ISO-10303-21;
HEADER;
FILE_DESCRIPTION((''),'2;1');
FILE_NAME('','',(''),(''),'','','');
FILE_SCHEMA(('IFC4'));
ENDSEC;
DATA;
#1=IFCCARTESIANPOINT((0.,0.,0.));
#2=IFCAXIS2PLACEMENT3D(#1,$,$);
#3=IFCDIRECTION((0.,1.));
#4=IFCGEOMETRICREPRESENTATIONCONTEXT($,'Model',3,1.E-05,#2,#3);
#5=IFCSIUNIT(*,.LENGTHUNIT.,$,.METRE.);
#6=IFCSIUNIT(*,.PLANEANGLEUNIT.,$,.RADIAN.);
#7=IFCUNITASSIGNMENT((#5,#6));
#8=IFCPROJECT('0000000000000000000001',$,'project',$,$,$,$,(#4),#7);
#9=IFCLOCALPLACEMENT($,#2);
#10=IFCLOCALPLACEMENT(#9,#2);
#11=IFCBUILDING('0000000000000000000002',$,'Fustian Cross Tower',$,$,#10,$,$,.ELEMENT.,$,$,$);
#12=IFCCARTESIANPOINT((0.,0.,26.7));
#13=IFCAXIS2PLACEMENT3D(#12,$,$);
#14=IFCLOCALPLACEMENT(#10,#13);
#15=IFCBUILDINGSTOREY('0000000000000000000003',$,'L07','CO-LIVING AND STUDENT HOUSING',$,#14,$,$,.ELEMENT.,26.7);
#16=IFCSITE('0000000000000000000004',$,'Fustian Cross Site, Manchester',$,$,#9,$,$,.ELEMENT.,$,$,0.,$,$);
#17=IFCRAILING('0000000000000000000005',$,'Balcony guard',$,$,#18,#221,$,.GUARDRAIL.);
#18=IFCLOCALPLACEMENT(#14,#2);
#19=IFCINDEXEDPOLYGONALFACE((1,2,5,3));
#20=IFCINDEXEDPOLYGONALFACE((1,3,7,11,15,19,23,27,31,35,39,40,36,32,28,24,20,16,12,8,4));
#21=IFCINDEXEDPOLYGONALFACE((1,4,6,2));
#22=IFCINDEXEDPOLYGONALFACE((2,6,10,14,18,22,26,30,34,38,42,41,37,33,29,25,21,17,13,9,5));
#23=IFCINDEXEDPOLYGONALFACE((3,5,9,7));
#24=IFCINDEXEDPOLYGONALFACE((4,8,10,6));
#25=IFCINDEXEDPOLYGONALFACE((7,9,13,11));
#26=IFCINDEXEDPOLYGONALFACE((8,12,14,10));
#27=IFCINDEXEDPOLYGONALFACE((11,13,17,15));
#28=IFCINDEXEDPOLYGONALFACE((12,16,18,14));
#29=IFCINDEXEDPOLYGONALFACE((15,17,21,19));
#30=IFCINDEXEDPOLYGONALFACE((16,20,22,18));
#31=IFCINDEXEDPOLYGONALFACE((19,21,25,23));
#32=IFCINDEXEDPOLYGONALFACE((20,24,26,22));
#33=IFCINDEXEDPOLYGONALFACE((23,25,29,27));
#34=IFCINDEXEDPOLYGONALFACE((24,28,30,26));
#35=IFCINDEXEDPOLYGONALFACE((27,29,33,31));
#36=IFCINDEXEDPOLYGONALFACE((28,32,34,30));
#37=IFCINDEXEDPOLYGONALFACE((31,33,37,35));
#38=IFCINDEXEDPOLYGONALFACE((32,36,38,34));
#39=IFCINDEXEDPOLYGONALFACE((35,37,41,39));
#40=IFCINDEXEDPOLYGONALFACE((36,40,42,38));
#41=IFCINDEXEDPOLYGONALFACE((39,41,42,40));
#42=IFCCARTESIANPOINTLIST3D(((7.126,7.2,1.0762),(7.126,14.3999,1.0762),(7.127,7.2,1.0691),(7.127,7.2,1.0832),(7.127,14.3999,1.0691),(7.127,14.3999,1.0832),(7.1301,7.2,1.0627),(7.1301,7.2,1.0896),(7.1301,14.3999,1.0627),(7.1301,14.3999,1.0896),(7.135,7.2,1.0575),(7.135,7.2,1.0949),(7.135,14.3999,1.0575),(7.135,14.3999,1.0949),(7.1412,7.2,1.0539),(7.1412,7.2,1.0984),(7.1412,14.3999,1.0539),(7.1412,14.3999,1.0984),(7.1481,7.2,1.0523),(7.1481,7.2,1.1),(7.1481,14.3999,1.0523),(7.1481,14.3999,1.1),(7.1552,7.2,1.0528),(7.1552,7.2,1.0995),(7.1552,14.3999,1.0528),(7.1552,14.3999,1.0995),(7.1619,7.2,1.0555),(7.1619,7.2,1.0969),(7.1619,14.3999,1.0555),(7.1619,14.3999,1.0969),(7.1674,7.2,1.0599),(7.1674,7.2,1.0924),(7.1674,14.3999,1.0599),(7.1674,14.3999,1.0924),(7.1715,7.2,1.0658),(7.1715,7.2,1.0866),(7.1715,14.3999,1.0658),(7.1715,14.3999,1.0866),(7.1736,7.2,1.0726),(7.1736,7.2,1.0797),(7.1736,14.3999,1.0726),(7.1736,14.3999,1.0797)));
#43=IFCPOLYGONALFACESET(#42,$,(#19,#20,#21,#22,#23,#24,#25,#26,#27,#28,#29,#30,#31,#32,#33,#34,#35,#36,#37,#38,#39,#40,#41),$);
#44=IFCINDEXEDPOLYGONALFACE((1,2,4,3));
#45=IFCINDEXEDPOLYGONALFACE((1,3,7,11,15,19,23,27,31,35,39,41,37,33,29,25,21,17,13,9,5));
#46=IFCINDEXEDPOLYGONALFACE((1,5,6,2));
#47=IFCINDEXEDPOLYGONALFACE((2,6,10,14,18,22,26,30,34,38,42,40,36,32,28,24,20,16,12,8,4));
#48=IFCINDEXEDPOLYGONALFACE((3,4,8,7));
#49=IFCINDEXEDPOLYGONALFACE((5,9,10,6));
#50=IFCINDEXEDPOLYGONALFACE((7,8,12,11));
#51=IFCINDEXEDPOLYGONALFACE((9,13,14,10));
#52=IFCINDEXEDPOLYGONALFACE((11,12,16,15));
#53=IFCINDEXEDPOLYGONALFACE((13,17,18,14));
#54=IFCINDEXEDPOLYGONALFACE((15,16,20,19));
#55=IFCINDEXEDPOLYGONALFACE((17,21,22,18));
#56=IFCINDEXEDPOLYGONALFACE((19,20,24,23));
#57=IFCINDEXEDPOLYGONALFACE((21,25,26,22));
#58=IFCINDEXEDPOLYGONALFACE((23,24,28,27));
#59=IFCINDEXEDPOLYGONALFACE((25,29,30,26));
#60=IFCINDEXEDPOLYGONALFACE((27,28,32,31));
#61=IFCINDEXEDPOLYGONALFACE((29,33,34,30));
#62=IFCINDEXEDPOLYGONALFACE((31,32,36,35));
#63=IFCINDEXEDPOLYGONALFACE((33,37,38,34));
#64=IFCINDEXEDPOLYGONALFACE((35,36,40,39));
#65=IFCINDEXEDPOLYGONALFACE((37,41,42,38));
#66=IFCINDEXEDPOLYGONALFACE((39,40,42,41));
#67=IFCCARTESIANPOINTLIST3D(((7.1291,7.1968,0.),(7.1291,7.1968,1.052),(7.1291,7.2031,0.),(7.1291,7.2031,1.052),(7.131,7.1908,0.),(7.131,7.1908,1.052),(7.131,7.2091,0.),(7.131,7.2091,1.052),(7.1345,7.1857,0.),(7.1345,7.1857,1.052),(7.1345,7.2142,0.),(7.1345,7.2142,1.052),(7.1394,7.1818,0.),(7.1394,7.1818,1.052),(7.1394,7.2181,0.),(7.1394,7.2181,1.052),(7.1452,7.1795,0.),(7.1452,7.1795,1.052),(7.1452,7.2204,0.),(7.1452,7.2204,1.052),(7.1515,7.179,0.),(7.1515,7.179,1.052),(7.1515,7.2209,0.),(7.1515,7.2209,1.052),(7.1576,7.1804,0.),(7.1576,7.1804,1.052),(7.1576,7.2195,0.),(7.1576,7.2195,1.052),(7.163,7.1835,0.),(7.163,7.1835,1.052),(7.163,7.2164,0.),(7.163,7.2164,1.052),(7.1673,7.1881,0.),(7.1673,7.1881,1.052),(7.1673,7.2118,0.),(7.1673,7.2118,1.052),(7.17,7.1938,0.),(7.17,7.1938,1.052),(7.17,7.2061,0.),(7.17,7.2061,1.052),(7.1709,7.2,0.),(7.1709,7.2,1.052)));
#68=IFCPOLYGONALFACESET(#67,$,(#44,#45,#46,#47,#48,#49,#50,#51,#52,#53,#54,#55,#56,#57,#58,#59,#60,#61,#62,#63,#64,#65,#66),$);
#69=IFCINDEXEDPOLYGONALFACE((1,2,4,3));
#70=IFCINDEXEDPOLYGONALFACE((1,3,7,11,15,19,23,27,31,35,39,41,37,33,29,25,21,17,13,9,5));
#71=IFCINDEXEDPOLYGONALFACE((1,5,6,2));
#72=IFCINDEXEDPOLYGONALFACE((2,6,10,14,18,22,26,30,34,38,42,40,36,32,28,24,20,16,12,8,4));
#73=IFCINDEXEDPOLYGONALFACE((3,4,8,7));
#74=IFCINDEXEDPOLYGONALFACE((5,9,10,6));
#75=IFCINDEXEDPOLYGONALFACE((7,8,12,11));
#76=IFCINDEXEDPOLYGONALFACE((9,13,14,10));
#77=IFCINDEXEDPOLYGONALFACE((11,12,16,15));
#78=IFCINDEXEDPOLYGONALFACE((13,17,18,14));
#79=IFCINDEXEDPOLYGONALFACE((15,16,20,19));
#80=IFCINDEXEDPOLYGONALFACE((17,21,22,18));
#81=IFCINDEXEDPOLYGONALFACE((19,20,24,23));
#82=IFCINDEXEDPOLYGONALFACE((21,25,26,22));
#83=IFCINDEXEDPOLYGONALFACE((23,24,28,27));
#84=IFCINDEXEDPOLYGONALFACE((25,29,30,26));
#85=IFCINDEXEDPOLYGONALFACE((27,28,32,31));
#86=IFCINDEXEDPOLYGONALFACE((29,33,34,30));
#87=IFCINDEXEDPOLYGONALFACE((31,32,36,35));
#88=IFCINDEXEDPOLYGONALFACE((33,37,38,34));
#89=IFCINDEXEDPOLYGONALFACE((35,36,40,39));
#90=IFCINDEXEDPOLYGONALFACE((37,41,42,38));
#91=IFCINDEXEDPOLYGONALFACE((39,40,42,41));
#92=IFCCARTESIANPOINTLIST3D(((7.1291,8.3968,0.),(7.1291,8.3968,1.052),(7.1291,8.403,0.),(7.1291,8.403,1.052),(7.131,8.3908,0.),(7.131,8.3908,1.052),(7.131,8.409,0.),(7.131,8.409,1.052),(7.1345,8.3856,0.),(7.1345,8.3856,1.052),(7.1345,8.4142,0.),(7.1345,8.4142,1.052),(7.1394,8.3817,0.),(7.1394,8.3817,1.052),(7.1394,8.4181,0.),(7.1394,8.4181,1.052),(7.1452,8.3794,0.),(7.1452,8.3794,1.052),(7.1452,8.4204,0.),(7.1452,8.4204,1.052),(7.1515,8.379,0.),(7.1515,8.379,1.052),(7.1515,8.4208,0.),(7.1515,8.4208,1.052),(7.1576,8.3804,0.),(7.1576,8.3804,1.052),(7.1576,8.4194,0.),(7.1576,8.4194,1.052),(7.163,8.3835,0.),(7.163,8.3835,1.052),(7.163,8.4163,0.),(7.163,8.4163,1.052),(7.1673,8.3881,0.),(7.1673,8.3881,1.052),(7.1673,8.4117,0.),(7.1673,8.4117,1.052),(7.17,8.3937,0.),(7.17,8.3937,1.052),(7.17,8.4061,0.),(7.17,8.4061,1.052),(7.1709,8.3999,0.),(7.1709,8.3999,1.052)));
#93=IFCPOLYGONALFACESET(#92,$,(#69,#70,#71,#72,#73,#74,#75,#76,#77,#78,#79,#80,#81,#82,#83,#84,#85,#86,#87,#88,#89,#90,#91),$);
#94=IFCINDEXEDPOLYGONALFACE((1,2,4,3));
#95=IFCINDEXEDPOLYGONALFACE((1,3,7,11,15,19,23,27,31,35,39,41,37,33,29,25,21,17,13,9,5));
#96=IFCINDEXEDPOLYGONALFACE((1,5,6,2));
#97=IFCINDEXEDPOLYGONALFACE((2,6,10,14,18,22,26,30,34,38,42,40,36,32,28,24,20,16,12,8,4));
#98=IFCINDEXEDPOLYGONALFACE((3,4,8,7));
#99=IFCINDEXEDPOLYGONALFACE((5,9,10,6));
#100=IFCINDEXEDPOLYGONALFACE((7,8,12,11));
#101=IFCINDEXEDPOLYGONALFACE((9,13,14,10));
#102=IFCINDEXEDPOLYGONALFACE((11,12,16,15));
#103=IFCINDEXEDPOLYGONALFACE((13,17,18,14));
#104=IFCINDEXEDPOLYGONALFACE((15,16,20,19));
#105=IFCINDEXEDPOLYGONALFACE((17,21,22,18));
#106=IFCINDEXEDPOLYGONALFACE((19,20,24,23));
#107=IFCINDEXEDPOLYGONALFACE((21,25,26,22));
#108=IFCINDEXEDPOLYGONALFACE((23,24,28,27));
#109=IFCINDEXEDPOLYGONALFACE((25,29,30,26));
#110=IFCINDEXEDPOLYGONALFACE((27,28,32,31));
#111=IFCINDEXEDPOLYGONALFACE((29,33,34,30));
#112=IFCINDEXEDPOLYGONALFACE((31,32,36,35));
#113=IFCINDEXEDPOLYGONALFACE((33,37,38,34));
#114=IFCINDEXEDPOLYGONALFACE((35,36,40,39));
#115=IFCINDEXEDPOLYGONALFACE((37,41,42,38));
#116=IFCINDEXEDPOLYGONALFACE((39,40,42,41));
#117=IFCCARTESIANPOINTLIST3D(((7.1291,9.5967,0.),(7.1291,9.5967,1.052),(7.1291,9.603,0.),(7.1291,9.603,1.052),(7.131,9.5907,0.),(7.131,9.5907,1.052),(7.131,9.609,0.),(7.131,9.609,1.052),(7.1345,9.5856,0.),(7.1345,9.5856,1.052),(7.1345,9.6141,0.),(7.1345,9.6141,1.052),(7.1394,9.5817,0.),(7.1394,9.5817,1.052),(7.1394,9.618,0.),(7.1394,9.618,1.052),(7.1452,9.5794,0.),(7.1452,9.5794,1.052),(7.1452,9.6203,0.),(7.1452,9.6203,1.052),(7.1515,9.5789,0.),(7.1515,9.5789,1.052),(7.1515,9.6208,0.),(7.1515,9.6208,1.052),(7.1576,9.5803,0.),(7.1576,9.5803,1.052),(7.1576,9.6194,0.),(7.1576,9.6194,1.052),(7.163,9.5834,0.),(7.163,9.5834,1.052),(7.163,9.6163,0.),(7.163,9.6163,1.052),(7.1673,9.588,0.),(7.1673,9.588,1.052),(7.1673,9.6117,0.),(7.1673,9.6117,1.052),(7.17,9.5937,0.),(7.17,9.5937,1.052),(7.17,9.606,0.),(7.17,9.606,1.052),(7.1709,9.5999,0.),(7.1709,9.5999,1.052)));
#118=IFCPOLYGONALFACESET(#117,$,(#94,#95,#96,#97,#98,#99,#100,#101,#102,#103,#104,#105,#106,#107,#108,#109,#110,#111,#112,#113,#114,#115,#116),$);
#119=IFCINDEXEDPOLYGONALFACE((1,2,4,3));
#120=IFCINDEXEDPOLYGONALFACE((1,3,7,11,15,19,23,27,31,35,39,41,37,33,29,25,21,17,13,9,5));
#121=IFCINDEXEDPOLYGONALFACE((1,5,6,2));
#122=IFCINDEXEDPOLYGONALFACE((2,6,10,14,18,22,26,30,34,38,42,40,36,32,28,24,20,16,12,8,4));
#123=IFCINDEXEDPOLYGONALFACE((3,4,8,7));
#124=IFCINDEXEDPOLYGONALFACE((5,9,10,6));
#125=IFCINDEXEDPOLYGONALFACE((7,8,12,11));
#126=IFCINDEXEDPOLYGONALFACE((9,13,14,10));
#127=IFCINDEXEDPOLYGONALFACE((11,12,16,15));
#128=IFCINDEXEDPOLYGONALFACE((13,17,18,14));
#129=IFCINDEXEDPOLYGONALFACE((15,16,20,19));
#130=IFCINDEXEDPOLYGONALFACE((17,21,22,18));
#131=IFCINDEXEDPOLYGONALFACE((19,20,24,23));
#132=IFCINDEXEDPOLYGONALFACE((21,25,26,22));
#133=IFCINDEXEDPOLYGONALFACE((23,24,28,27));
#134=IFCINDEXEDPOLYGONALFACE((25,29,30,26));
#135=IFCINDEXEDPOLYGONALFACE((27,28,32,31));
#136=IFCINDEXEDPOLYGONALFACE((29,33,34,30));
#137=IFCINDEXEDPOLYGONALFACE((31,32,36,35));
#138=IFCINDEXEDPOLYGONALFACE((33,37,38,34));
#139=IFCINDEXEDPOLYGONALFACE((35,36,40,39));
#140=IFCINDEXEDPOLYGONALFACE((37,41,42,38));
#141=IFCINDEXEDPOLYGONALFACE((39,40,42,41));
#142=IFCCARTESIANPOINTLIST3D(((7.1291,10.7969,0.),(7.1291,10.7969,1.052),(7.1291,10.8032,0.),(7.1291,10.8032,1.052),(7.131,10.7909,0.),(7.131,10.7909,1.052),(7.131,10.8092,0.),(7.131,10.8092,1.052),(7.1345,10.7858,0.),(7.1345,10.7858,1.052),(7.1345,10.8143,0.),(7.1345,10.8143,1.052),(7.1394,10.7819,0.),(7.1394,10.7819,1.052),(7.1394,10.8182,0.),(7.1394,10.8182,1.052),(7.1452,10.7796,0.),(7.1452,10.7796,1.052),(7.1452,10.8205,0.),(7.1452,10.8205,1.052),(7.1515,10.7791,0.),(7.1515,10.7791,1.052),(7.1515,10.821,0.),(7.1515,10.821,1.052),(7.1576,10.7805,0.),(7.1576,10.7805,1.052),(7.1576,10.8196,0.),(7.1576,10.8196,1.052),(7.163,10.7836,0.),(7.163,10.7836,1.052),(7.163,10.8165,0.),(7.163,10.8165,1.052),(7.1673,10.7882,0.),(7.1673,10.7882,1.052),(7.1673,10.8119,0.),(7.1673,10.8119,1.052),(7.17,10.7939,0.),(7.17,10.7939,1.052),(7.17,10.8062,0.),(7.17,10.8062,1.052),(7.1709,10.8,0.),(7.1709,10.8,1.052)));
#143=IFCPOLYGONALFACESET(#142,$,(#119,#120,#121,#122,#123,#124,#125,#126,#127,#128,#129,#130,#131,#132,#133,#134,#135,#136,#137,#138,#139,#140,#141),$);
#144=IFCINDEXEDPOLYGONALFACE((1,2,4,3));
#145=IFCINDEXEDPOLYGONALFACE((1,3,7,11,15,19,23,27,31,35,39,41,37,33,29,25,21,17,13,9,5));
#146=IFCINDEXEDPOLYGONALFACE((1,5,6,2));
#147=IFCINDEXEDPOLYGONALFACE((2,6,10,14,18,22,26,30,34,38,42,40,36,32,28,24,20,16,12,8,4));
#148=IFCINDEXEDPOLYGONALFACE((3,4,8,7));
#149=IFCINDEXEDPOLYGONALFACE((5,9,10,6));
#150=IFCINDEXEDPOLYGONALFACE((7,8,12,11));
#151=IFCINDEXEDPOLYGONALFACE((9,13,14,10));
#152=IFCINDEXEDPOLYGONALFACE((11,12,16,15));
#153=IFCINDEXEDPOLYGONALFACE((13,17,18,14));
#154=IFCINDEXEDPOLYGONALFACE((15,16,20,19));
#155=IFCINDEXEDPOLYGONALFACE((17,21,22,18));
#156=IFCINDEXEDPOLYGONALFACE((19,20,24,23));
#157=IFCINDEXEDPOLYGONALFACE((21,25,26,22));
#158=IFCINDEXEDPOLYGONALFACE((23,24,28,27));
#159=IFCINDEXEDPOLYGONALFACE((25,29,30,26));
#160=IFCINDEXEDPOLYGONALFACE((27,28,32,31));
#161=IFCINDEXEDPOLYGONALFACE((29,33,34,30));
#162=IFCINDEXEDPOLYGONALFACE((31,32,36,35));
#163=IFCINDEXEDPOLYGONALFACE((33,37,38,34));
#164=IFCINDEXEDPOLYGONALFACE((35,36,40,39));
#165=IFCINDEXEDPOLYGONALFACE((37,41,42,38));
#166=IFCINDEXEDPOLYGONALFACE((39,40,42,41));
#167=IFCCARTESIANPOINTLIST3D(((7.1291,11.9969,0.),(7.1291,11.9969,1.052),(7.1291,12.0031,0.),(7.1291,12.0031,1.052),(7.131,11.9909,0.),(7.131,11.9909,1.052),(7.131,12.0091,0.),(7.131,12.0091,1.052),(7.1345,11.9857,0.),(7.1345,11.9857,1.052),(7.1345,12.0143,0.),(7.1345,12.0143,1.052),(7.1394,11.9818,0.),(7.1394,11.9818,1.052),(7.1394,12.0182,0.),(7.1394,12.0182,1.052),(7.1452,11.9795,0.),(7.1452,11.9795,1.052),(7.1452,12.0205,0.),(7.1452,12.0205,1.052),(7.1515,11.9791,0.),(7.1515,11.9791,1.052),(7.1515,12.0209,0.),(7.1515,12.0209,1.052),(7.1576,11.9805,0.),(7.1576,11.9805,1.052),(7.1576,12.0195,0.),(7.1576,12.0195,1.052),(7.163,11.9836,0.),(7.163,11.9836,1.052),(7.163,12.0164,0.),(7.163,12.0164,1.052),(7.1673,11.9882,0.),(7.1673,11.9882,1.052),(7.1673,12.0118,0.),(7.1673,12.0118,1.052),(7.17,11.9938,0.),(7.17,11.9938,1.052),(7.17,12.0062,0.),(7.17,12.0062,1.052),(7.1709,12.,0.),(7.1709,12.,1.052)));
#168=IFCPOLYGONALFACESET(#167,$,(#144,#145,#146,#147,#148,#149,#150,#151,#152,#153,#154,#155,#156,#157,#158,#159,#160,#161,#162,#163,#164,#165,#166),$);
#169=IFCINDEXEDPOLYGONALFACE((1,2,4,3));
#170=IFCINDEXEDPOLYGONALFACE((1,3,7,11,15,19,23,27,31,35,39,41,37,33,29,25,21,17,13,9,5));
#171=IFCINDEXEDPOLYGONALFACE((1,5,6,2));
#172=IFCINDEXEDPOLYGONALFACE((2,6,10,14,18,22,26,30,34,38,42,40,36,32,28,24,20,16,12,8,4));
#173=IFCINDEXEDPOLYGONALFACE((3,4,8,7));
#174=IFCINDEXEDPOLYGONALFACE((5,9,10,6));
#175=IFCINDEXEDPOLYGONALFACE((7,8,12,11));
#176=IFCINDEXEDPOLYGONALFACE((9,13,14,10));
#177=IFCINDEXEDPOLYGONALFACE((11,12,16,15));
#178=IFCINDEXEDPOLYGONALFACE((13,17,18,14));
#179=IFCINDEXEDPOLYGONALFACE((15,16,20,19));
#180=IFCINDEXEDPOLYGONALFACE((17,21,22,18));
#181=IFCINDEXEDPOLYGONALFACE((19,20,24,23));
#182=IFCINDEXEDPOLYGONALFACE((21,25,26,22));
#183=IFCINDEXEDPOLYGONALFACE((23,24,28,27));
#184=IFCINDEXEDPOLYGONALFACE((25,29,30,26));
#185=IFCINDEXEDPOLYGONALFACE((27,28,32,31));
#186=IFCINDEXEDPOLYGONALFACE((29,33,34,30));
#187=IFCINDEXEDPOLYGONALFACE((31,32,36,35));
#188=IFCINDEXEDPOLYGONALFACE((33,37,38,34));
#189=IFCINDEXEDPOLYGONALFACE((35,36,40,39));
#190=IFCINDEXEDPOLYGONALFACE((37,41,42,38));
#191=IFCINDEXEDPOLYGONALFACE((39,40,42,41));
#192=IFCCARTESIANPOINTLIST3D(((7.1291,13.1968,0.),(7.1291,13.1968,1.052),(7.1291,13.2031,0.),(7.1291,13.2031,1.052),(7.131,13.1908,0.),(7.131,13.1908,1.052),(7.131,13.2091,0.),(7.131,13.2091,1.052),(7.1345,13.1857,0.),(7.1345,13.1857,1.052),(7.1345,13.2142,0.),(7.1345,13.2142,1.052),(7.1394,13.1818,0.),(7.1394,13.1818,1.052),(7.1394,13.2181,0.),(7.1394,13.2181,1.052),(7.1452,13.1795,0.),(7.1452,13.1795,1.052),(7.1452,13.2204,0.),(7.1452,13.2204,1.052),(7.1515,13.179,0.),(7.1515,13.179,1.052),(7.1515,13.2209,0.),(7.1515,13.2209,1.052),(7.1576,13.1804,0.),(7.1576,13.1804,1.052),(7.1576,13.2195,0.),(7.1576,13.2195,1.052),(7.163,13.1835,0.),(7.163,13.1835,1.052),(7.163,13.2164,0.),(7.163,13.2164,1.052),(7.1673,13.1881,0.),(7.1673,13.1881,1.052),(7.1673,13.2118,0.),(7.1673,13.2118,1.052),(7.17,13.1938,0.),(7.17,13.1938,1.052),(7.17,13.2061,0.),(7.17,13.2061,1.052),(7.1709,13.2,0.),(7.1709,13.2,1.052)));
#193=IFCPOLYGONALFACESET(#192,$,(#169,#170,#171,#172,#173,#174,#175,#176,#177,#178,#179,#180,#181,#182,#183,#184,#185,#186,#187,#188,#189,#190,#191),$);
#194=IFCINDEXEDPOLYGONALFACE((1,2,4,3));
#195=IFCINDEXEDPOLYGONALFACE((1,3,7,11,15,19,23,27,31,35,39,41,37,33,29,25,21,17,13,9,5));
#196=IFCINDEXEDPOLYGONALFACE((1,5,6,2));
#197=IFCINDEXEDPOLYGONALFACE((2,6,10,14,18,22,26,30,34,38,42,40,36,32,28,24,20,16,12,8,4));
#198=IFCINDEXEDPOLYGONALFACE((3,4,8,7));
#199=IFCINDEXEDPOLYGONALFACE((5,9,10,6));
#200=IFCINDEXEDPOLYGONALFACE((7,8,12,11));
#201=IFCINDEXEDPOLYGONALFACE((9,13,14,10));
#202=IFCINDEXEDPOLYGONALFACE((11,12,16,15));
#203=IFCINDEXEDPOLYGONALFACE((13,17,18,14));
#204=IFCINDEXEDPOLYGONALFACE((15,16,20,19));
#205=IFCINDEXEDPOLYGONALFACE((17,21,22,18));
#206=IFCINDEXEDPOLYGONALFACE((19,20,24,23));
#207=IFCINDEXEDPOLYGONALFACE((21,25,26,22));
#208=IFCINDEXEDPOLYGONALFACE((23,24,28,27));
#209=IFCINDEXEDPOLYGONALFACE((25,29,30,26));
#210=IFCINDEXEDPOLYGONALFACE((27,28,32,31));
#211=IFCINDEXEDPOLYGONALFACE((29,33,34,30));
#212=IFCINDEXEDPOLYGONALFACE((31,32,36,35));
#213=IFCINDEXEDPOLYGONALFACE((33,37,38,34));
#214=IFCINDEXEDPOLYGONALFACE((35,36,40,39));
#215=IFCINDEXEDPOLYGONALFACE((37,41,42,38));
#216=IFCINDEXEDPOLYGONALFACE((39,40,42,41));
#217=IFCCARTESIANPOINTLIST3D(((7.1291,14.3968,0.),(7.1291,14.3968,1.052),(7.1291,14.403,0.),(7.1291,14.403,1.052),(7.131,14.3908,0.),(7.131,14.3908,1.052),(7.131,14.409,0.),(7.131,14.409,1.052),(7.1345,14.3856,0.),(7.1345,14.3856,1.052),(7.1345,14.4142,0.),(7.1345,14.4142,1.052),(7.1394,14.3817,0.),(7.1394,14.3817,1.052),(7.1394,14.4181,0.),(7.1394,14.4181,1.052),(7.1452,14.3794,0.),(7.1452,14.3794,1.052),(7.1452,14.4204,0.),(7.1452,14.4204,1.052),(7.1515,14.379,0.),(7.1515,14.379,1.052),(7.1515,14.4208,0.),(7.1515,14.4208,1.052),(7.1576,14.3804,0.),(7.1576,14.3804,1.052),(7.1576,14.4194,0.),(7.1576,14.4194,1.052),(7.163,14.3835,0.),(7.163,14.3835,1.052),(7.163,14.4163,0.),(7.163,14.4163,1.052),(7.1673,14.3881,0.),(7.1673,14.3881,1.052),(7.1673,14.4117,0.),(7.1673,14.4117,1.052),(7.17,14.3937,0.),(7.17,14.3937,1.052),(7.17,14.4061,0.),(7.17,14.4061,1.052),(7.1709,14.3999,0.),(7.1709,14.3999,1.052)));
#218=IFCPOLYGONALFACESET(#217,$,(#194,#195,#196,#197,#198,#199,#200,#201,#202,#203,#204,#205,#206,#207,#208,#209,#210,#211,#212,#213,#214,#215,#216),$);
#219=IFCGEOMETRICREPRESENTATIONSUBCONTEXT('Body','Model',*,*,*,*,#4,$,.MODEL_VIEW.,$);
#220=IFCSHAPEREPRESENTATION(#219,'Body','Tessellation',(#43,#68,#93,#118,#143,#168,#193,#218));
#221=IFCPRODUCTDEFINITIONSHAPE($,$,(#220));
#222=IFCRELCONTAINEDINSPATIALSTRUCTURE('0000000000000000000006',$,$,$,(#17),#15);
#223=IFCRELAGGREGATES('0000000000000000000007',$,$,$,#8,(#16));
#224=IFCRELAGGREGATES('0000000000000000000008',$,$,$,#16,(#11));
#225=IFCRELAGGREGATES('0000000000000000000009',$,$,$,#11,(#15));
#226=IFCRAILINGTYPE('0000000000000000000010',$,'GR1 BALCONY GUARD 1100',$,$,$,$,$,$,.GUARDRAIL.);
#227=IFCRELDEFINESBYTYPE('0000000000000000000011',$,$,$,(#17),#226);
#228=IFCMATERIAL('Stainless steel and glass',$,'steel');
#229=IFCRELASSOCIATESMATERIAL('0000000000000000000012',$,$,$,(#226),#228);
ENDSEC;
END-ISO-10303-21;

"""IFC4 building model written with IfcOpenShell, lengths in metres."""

from ifc_helpers import new_model, si_unit, direction, frame, origin, origin_2d, place, context, subcontext, project, spatial, circle, extrude, material, type_object, element, save


model = new_model("IFC4")

# Units and contexts
model_context = context("Model", 3, precision=1e-05, world=origin(), true_north=direction((0.0, 1.0)))
body_context = subcontext(model_context, "Body", "Model", "MODEL_VIEW")
ifc_project = project(units=[si_unit("LENGTHUNIT", "METRE"), si_unit("PLANEANGLEUNIT", "RADIAN")], contexts=[model_context])

# Site, building, storey
site_placement = place(None, origin())
site = spatial("IfcSite", under=ifc_project, at=site_placement, Name="Fustian Cross Site, Manchester", CompositionType="ELEMENT", RefElevation=0.0)
building_placement = place(site_placement, origin())
building = spatial("IfcBuilding", under=site, at=building_placement, Name="Fustian Cross Tower", CompositionType="ELEMENT")
storey_placement = place(building_placement, frame((0.0, 0.0, 26.7)))
storey = spatial("IfcBuildingStorey", under=building, at=storey_placement, Name="L07", Description="CO-LIVING AND STUDENT HOUSING", CompositionType="ELEMENT", Elevation=26.7)

# Railing
ifc_material_1 = material(Name="Stainless steel and glass", Category="steel")
railing_type = type_object("IfcRailingType", Name="GR1 BALCONY GUARD 1100", PredefinedType="GUARDRAIL", material=ifc_material_1)
railing_placement = place(storey_placement, frame((7.1499, 7.2, 0.0)))
element("IfcRailing", 1, at=railing_placement, inside=storey, type_object=railing_type, Name="Balcony guard", PredefinedType="GUARDRAIL", context=body_context, shape_type="SweptSolid", body=[
    extrude(circle(Radius=0.0239, at=origin_2d()), frame((0.0, 0.0, 1.0762), z_axis=(0.0, 1.0, 0.0), x_axis=(-1.0, 0.0, 0.0)), (0.0, 0.0, 1.0), 7.2),
    extrude(circle(Radius=0.021, at=origin_2d()), origin(), (0.0, 0.0, 1.0), 1.052),
    extrude(circle(Radius=0.021, at=origin_2d()), frame((0.0, 1.2, 0.0)), (0.0, 0.0, 1.0), 1.052),
    extrude(circle(Radius=0.021, at=origin_2d()), frame((0.0, 2.3999, 0.0)), (0.0, 0.0, 1.0), 1.052),
    extrude(circle(Radius=0.021, at=origin_2d()), frame((0.0, 3.6001, 0.0)), (0.0, 0.0, 1.0), 1.052),
    extrude(circle(Radius=0.021, at=origin_2d()), frame((0.0, 4.8, 0.0)), (0.0, 0.0, 1.0), 1.052),
    extrude(circle(Radius=0.021, at=origin_2d()), frame((0.0, 6.0, 0.0)), (0.0, 0.0, 1.0), 1.052),
    extrude(circle(Radius=0.021, at=origin_2d()), frame((0.0, 7.2, 0.0)), (0.0, 0.0, 1.0), 1.052),
])

save(model, "model.ifc")
